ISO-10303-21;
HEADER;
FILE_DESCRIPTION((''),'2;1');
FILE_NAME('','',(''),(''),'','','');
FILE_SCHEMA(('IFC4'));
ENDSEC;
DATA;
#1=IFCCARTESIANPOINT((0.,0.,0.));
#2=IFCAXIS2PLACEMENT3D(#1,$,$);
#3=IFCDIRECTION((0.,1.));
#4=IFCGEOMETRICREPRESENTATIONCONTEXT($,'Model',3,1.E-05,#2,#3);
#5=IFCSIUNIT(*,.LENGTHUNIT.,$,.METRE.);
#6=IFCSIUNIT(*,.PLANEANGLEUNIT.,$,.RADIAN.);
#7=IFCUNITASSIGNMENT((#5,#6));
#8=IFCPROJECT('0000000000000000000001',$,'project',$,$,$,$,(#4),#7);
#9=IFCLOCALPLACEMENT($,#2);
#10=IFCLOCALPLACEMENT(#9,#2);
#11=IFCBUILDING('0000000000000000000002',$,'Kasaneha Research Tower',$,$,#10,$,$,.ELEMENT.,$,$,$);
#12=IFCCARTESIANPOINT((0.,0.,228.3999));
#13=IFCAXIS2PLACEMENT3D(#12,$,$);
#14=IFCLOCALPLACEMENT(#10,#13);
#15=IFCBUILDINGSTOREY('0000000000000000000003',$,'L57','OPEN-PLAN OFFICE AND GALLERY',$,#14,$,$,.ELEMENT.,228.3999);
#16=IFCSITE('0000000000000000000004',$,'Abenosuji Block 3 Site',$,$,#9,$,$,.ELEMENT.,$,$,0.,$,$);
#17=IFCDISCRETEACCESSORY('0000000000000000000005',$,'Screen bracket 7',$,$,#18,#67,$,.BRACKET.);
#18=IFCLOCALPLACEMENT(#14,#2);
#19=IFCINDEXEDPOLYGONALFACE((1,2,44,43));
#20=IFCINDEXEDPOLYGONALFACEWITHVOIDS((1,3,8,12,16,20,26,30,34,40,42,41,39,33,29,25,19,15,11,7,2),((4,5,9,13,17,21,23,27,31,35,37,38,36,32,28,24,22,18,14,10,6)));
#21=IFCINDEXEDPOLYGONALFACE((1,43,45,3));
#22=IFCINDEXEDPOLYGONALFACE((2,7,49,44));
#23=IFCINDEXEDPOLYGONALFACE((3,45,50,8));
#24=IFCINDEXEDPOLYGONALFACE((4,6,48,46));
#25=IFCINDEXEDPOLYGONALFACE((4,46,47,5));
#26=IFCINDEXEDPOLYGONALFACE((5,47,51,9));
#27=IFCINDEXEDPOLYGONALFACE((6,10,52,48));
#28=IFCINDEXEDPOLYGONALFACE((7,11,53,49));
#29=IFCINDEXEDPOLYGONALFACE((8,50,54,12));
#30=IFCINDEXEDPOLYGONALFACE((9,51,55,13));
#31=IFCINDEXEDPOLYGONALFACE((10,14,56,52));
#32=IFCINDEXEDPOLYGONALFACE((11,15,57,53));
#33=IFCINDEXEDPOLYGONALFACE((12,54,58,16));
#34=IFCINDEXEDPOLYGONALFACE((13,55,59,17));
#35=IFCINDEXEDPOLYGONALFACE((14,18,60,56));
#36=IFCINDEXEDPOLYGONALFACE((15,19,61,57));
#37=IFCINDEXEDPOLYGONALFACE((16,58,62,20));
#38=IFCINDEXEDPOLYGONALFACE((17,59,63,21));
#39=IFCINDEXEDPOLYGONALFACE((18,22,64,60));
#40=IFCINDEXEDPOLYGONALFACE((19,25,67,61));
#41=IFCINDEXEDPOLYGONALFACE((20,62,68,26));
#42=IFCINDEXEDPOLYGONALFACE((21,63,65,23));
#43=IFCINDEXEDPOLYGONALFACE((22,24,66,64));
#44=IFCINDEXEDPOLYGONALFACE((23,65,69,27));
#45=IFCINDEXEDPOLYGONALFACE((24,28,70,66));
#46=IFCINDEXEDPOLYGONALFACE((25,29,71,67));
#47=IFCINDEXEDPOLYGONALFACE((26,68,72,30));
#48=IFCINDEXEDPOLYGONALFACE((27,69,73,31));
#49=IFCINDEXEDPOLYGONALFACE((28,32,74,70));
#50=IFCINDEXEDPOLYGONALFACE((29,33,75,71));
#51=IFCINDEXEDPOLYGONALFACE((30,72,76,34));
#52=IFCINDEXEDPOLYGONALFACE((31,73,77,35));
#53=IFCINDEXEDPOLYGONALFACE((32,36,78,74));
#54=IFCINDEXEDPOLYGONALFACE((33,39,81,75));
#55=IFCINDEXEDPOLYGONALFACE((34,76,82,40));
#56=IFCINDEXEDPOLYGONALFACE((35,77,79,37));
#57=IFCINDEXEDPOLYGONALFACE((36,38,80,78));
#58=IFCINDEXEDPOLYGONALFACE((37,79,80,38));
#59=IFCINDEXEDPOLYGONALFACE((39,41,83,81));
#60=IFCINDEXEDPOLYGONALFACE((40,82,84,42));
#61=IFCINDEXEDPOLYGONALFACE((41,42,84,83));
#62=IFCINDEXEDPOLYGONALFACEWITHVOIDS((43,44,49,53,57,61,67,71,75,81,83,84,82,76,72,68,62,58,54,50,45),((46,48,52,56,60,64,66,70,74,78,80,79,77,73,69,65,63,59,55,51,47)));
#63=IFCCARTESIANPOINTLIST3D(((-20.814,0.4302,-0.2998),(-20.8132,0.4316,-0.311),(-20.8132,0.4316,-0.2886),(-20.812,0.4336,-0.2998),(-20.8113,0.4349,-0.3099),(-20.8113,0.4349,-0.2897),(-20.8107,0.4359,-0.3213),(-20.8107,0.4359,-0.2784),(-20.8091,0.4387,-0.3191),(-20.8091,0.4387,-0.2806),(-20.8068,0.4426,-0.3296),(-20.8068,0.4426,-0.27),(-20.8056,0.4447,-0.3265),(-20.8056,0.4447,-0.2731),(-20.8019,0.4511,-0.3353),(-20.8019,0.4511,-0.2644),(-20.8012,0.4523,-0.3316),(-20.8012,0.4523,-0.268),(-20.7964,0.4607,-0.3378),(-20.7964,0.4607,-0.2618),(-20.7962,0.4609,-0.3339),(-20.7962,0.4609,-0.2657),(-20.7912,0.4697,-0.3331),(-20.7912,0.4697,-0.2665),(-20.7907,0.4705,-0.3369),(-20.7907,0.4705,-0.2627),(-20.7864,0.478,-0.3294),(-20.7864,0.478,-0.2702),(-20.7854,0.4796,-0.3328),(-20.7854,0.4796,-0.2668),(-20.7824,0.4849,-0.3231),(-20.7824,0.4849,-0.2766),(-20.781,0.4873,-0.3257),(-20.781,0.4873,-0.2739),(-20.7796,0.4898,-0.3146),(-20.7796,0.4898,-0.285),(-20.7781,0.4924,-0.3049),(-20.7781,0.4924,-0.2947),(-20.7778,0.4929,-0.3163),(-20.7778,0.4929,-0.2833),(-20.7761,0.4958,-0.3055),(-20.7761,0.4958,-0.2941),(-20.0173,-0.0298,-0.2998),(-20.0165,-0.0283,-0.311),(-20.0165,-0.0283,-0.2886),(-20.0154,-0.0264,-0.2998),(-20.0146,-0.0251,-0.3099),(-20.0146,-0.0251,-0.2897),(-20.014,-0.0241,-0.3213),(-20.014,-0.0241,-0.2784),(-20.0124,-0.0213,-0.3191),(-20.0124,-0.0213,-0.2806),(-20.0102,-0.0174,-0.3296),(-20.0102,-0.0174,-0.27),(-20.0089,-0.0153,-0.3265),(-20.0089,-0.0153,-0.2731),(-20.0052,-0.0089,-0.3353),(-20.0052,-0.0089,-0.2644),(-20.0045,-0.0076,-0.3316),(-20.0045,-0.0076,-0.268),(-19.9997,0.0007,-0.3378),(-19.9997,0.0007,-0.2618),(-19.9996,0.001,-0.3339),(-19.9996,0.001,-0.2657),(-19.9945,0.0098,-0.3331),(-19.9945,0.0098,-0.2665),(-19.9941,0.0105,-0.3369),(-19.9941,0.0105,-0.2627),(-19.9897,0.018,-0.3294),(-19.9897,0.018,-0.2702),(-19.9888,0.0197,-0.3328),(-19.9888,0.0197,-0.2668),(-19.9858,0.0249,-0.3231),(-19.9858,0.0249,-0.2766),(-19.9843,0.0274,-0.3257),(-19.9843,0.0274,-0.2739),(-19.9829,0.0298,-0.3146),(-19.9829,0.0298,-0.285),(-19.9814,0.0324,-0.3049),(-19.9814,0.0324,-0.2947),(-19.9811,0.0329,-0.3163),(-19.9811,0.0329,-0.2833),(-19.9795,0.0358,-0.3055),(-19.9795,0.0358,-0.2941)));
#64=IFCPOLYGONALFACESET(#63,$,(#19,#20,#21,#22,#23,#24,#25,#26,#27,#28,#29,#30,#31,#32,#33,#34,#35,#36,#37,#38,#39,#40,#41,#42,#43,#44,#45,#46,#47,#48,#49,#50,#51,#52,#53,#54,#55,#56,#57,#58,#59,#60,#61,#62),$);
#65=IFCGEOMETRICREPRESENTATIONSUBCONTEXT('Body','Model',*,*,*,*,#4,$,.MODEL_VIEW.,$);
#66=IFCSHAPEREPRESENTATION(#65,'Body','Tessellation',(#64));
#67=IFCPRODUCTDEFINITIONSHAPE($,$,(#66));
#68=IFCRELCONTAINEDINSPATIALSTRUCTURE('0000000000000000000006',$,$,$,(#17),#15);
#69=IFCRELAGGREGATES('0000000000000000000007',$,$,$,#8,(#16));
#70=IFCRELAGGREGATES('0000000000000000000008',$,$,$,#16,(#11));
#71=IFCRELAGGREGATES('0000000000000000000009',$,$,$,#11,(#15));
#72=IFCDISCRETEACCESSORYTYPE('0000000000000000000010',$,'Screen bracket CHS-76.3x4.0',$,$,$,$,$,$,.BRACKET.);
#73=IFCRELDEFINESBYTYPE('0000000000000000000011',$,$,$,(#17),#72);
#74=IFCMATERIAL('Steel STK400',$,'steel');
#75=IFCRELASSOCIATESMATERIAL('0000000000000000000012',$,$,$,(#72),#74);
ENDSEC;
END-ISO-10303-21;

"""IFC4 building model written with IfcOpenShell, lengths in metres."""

from ifc_helpers import new_model, si_unit, direction, frame, origin, origin_2d, place, context, subcontext, project, spatial, hollow_circle, extrude, material, material_profile, profile_set, type_object, element, save


model = new_model("IFC4")

# Units and contexts
model_context = context("Model", 3, precision=1e-05, world=origin(), true_north=direction((0.0, 1.0)))
body_context = subcontext(model_context, "Body", "Model", "MODEL_VIEW")
ifc_project = project(units=[si_unit("LENGTHUNIT", "METRE"), si_unit("PLANEANGLEUNIT", "RADIAN")], contexts=[model_context])

# Site, building, storey
site_placement = place(None, origin())
site = spatial("IfcSite", under=ifc_project, at=site_placement, Name="Abenosuji Block 3 Site", CompositionType="ELEMENT", RefElevation=0.0)
building_placement = place(site_placement, origin())
building = spatial("IfcBuilding", under=site, at=building_placement, Name="Kasaneha Research Tower", CompositionType="ELEMENT")
storey_placement = place(building_placement, frame((0.0, 0.0, 228.3999)))
storey = spatial("IfcBuildingStorey", under=building, at=storey_placement, Name="L57", Description="OPEN-PLAN OFFICE AND GALLERY", CompositionType="ELEMENT", Elevation=228.3999)

# Discrete accessory
ifc_material_1 = material(Name="Steel STK400", Category="steel")
ifc_material_profile_1 = material_profile(ifc_material_1, hollow_circle(Radius=0.0381, WallThickness=0.0039, at=origin_2d()), Name="CHS-76.3x4.0")
ifc_profile_set_1 = profile_set([ifc_material_profile_1], Name="Steel STK400")
discrete_accessory_type = type_object("IfcDiscreteAccessoryType", Name="Screen bracket CHS-76.3x4.0", PredefinedType="BRACKET", material=ifc_profile_set_1)
discrete_accessory_1_placement = place(storey_placement, frame((-19.9983, 0.0032, -0.2998), z_axis=(-0.866013, 0.500021, 0.0), x_axis=(-0.500021, -0.866013, 0.0)))
element("IfcDiscreteAccessory", 1, at=discrete_accessory_1_placement, inside=storey, type_object=discrete_accessory_type, Name="Screen bracket 7", PredefinedType="BRACKET", context=body_context, shape_type="SweptSolid", body=[
    extrude(hollow_circle(Radius=0.0381, WallThickness=0.0039, at=origin_2d()), origin(), (0.0, 0.0, 1.0), 0.9199),
])

save(model, "model.ifc")
